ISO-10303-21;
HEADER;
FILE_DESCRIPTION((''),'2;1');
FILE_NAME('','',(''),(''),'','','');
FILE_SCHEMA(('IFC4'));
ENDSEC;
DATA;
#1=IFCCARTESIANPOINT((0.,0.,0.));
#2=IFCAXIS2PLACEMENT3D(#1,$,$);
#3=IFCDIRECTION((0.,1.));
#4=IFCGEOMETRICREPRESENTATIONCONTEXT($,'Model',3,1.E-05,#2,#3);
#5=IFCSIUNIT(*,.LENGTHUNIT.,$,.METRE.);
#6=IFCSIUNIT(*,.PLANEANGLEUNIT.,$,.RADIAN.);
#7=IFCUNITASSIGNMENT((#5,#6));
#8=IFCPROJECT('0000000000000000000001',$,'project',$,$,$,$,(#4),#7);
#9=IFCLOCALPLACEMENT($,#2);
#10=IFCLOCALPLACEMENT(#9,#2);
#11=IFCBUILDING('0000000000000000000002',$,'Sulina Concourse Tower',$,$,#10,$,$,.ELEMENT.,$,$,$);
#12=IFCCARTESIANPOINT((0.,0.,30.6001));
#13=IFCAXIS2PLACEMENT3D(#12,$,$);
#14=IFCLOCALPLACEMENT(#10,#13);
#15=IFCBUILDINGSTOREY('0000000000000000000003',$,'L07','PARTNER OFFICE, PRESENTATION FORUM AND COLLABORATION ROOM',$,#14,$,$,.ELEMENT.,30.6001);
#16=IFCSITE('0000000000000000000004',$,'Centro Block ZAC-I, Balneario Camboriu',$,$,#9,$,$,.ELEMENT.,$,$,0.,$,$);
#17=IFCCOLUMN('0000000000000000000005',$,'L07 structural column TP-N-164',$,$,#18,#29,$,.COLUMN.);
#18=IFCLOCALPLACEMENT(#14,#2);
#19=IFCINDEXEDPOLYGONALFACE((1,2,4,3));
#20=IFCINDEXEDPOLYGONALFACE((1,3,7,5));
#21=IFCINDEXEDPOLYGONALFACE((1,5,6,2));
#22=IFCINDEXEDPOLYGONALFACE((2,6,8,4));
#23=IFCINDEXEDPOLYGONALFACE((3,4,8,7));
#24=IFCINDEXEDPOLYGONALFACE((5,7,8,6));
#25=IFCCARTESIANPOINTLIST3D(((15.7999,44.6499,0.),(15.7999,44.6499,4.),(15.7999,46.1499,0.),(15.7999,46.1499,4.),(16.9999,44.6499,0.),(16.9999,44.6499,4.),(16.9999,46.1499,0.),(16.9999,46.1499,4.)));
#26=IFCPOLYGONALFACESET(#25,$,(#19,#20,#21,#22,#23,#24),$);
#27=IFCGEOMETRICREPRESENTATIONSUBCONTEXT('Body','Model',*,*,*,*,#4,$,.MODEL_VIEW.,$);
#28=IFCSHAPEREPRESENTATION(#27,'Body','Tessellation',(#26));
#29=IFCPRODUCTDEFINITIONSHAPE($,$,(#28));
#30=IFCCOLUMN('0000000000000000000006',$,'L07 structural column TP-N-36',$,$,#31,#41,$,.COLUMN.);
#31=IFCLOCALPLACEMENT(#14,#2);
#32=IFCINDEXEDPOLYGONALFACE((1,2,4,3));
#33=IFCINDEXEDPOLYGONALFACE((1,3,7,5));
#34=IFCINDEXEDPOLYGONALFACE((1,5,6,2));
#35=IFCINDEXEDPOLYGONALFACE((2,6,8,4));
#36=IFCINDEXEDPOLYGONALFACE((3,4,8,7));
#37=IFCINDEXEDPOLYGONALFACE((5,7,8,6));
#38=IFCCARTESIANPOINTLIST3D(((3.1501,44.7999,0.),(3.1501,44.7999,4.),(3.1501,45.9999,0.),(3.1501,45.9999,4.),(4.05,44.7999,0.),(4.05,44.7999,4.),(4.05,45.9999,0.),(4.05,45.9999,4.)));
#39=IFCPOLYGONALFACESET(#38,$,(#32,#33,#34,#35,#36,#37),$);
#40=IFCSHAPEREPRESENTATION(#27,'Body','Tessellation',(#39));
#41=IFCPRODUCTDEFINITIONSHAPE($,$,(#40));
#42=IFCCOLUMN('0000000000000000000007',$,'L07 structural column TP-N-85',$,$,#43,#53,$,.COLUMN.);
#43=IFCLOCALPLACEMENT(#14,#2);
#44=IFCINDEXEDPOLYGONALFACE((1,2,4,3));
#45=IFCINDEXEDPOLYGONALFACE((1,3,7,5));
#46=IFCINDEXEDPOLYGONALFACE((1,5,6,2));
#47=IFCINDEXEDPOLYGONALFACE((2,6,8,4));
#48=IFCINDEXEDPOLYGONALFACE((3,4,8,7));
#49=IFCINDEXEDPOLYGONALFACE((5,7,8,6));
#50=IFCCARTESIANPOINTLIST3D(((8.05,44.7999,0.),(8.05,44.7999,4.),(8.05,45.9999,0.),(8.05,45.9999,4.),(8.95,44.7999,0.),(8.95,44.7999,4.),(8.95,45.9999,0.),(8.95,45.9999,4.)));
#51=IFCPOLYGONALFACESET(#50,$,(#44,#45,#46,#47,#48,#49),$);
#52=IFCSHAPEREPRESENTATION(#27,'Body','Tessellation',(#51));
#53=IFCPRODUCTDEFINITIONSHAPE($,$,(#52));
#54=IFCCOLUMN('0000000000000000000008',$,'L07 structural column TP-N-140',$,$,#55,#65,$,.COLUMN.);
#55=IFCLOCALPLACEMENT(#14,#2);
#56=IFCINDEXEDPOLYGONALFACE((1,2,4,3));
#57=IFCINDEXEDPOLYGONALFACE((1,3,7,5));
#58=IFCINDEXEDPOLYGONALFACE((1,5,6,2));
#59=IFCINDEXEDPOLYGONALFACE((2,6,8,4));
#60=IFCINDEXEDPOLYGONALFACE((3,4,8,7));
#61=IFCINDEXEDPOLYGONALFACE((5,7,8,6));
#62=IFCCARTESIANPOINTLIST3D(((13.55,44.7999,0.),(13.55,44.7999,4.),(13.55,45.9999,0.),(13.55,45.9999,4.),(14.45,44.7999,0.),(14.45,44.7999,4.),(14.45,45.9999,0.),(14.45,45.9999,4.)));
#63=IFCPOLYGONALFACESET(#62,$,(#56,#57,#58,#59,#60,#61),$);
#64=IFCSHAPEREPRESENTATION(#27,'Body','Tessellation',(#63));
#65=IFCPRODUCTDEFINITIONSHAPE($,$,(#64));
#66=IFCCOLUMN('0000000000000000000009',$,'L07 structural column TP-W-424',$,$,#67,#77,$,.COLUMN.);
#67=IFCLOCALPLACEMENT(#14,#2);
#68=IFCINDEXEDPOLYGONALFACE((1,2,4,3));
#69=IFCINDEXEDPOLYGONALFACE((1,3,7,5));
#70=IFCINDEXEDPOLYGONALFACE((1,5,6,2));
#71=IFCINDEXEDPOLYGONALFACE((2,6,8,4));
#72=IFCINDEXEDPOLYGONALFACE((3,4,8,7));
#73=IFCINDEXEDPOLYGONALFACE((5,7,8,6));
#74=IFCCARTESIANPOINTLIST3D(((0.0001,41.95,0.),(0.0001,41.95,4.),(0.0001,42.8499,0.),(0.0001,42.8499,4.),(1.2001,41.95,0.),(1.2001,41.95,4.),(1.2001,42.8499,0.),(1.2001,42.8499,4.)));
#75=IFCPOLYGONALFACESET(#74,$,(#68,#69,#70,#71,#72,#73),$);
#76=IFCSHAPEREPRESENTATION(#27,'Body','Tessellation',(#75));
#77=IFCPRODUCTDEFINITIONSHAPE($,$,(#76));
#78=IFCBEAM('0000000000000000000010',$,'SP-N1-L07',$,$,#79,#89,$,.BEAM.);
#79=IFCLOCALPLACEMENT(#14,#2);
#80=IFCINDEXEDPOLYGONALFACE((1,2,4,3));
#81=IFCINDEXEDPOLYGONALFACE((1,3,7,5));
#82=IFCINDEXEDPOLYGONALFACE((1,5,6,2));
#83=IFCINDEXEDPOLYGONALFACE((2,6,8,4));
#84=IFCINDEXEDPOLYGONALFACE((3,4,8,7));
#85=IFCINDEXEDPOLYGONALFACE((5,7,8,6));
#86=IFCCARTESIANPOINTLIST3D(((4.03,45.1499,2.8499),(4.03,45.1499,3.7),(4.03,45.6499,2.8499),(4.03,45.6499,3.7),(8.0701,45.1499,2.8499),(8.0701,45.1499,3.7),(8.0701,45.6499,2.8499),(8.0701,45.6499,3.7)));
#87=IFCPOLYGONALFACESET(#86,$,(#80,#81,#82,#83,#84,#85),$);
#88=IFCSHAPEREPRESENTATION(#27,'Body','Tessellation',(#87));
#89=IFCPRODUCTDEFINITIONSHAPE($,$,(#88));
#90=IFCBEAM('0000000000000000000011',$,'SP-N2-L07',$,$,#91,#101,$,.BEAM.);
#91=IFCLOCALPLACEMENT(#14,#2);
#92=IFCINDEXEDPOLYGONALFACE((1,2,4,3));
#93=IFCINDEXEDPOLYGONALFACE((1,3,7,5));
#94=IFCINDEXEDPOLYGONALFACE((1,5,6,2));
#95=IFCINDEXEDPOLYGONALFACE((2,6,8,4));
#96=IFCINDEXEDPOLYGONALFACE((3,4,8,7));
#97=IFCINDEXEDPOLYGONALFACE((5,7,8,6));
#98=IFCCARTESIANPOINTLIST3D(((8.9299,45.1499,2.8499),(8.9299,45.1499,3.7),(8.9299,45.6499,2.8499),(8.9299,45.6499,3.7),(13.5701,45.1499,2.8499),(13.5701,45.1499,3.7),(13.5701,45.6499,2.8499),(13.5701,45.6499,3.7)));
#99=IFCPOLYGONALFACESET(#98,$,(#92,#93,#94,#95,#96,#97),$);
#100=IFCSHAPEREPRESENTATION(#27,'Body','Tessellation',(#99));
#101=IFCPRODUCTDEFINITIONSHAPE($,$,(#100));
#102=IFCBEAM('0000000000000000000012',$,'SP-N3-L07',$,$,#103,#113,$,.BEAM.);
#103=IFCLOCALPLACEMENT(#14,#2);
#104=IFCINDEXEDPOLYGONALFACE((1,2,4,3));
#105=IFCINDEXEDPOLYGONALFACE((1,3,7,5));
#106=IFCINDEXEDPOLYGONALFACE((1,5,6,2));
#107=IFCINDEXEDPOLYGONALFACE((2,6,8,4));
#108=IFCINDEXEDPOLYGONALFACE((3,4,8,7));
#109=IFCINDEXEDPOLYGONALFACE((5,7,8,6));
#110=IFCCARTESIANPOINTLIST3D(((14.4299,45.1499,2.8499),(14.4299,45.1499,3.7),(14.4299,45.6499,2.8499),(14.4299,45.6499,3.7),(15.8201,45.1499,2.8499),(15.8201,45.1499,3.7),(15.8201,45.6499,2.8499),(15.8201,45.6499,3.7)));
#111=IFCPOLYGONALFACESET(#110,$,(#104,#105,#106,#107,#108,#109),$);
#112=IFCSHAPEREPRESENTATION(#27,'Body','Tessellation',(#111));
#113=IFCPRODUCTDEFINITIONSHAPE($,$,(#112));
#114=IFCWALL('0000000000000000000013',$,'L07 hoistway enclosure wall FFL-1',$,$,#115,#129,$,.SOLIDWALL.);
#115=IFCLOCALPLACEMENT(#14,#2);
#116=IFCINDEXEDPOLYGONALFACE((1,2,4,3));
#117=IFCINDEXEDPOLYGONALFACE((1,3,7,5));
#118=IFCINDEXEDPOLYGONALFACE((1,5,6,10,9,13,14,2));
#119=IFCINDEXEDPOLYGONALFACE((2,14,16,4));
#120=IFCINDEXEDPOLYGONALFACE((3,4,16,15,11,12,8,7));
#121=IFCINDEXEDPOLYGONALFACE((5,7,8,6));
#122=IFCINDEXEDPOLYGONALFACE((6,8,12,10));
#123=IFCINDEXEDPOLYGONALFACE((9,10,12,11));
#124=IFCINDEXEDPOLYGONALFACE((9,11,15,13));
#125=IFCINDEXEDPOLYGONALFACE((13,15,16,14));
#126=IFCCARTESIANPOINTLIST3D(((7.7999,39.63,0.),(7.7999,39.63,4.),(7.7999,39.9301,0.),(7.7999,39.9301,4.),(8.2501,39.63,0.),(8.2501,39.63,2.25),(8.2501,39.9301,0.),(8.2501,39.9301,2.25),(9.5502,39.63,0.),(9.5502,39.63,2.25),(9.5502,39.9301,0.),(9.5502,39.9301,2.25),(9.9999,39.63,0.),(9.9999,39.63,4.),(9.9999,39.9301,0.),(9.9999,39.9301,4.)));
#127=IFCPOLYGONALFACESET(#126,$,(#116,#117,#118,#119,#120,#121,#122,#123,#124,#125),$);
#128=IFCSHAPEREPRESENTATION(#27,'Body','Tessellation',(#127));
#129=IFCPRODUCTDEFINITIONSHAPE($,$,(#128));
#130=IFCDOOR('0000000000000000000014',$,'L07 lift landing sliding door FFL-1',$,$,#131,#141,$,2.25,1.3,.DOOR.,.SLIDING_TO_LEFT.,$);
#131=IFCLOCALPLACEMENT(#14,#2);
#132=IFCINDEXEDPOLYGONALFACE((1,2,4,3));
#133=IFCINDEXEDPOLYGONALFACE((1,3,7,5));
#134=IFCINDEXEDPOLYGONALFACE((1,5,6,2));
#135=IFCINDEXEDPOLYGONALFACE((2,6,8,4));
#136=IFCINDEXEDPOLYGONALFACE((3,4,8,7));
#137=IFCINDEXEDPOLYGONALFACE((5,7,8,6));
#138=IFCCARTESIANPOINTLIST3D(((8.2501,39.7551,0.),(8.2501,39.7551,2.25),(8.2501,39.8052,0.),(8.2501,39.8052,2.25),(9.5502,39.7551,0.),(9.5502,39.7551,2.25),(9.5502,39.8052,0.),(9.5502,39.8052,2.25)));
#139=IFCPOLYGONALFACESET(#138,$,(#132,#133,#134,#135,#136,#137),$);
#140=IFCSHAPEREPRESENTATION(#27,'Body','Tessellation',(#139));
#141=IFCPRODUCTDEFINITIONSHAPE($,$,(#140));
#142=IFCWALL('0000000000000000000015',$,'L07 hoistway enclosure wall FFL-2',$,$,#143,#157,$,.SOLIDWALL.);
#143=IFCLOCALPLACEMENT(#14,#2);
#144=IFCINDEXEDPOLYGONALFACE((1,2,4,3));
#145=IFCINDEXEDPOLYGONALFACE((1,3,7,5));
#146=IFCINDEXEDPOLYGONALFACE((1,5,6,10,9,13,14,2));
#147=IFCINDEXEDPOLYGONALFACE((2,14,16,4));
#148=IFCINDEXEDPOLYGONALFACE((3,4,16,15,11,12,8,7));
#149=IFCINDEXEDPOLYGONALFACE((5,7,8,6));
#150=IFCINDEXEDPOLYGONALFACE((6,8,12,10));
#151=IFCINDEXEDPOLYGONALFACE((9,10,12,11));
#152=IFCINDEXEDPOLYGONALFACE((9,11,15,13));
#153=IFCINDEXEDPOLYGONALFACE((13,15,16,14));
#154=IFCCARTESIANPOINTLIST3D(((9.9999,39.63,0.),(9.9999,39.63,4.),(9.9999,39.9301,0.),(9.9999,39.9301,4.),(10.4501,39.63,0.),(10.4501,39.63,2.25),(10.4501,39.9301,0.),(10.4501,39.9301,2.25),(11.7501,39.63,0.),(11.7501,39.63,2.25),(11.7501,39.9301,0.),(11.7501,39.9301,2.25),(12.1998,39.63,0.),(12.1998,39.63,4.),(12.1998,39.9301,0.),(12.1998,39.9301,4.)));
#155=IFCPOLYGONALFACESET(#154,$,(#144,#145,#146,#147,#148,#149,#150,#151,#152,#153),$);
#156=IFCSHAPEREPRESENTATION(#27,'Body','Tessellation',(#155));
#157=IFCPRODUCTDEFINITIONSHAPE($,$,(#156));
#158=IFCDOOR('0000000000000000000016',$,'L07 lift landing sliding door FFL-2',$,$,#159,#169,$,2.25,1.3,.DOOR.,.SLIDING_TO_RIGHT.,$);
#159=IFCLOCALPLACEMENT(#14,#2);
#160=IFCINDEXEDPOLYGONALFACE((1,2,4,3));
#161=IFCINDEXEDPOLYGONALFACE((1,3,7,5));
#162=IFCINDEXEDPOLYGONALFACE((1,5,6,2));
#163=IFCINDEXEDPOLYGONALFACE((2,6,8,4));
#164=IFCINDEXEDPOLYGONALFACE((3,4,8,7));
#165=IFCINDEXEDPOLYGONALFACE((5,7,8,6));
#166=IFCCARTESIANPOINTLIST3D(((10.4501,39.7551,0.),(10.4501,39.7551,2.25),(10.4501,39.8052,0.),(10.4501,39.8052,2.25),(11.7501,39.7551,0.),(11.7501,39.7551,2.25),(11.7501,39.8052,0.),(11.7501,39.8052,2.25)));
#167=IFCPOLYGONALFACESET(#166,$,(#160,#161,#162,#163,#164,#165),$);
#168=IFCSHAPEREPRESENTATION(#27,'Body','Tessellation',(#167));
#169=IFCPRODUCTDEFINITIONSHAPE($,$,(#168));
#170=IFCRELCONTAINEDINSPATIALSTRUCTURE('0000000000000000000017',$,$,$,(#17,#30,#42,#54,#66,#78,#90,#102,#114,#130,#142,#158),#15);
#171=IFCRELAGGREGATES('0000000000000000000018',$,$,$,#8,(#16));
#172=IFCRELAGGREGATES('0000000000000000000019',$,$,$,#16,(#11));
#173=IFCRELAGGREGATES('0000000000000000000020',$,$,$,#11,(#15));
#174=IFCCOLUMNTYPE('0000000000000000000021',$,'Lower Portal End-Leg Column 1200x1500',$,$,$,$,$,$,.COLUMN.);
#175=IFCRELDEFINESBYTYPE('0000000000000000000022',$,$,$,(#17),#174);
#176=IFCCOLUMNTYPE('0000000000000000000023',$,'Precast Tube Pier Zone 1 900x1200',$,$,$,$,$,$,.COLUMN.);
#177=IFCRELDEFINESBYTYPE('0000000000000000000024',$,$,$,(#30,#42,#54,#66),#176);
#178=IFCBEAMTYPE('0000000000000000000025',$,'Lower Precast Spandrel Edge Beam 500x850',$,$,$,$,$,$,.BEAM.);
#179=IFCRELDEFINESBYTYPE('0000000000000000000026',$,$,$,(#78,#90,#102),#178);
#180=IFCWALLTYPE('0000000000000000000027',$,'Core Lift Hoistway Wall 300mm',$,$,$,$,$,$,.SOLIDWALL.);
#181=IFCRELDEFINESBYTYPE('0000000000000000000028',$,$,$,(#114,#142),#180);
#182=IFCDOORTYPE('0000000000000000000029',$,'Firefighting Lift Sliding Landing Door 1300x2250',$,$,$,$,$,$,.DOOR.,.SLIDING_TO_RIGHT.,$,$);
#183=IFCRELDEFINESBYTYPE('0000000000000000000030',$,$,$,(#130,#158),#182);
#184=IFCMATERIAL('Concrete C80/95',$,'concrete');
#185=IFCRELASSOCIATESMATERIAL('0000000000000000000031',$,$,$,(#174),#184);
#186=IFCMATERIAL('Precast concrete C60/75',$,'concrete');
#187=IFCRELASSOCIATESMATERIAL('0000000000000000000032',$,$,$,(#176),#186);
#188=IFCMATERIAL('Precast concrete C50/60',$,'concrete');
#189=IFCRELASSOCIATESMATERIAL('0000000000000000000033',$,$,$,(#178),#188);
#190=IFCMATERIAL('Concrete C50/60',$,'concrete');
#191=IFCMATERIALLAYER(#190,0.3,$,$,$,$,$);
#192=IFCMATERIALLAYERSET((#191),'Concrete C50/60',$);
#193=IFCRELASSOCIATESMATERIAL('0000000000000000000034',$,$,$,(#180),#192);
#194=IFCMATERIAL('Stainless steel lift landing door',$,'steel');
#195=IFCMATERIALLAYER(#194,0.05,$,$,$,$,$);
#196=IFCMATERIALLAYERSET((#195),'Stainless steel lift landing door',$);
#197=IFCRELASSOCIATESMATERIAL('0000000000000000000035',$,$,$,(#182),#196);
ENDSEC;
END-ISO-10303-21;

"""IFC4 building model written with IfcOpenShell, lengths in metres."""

from ifc_helpers import new_model, si_unit, direction, frame, frame_2d, origin, origin_2d, place, context, subcontext, project, spatial, rectangle, extrude, material, layer, layer_set, material_profile, profile_set, type_object, element, fill, save


model = new_model("IFC4")

# Units and contexts
model_context = context("Model", 3, precision=1e-05, world=origin(), true_north=direction((0.0, 1.0)))
body_context = subcontext(model_context, "Body", "Model", "MODEL_VIEW")
ifc_project = project(units=[si_unit("LENGTHUNIT", "METRE"), si_unit("PLANEANGLEUNIT", "RADIAN")], contexts=[model_context])

# Site, building, storey
site_placement = place(None, origin())
site = spatial("IfcSite", under=ifc_project, at=site_placement, Name="Centro Block ZAC-I, Balneario Camboriu", CompositionType="ELEMENT", RefElevation=0.0)
building_placement = place(site_placement, origin())
building = spatial("IfcBuilding", under=site, at=building_placement, Name="Sulina Concourse Tower", CompositionType="ELEMENT")
storey_placement = place(building_placement, frame((0.0, 0.0, 30.6001)))
storey = spatial("IfcBuildingStorey", under=building, at=storey_placement, Name="L07", Description="PARTNER OFFICE, PRESENTATION FORUM AND COLLABORATION ROOM", CompositionType="ELEMENT", Elevation=30.6001)

# Columns
ifc_material_1 = material(Name="Concrete C80/95", Category="concrete")
ifc_material_profile_1 = material_profile(ifc_material_1, rectangle(XDim=1.2, YDim=1.5, at=origin_2d()), Name="RC 1200x1500")
ifc_profile_set_1 = profile_set([ifc_material_profile_1], Name="Concrete C80/95")
column_type_1 = type_object("IfcColumnType", Name="Lower Portal End-Leg Column 1200x1500", PredefinedType="COLUMN", material=ifc_profile_set_1)
column_placement = place(storey_placement, frame((16.3999, 45.3999, 0.0), z_axis=(0.0, 0.0, 1.0), x_axis=(1.0, 0.0, 0.0)))
element("IfcColumn", 1, at=column_placement, inside=storey, type_object=column_type_1, Name="L07 structural column TP-N-164", PredefinedType="COLUMN", context=body_context, shape_type="SweptSolid", body=[
    extrude(rectangle(XDim=1.2, YDim=1.5, at=origin_2d()), origin(), (0.0, 0.0, 1.0), 4.0),
])
ifc_material_2 = material(Name="Precast concrete C60/75", Category="concrete")
ifc_material_profile_2 = material_profile(ifc_material_2, rectangle(XDim=0.8999, YDim=1.2, at=origin_2d()), Name="PC 900x1200")
ifc_profile_set_2 = profile_set([ifc_material_profile_2], Name="Precast concrete C60/75")
column_type_2 = type_object("IfcColumnType", Name="Precast Tube Pier Zone 1 900x1200", PredefinedType="COLUMN", material=ifc_profile_set_2)
for number, where, z_axis, x_axis, name in (
    (2, (3.6001, 45.3999, 0.0), (0.0, 0.0, 1.0), (1.0, 0.0, 0.0), "L07 structural column TP-N-36"),
    (3, (8.5, 45.3999, 0.0), (0.0, 0.0, 1.0), (1.0, 0.0, 0.0), "L07 structural column TP-N-85"),
    (4, (14.0, 45.3999, 0.0), (0.0, 0.0, 1.0), (1.0, 0.0, 0.0), "L07 structural column TP-N-140"),
    (5, (0.6001, 42.3999, 0.0), (0.0, 0.0, 1.0), (0.0, 1.0, 0.0), "L07 structural column TP-W-424"),
):
    element("IfcColumn", number, at=place(storey_placement, frame(where, z_axis=z_axis, x_axis=x_axis)), inside=storey, type_object=column_type_2, Name=name, PredefinedType="COLUMN", context=body_context, shape_type="SweptSolid", body=[
        extrude(rectangle(XDim=0.8999, YDim=1.2, at=origin_2d()), origin(), (0.0, 0.0, 1.0), 4.0),
    ])

# Beams
ifc_material_3 = material(Name="Precast concrete C50/60", Category="concrete")
ifc_material_profile_3 = material_profile(ifc_material_3, rectangle(XDim=0.5, YDim=0.8501, at=origin_2d()), Name="RC 500x850")
ifc_profile_set_3 = profile_set([ifc_material_profile_3], Name="Precast concrete C50/60")
beam_type = type_object("IfcBeamType", Name="Lower Precast Spandrel Edge Beam 500x850", PredefinedType="BEAM", material=ifc_profile_set_3)
beam_1_placement = place(storey_placement, frame((4.03, 45.3999, 3.2749), z_axis=(1.0, 0.0, 0.0), x_axis=(0.0, 1.0, 0.0)))
element("IfcBeam", 6, at=beam_1_placement, inside=storey, type_object=beam_type, Name="SP-N1-L07", PredefinedType="BEAM", context=body_context, shape_type="SweptSolid", body=[
    extrude(rectangle(XDim=0.5, YDim=0.8501, at=origin_2d()), origin(), (0.0, 0.0, 1.0), 4.04),
])
beam_2_placement = place(storey_placement, frame((8.9299, 45.3999, 3.2749), z_axis=(1.0, 0.0, 0.0), x_axis=(0.0, 1.0, 0.0)))
element("IfcBeam", 7, at=beam_2_placement, inside=storey, type_object=beam_type, Name="SP-N2-L07", PredefinedType="BEAM", context=body_context, shape_type="SweptSolid", body=[
    extrude(rectangle(XDim=0.5, YDim=0.8501, at=origin_2d()), origin(), (0.0, 0.0, 1.0), 4.6401),
])
beam_3_placement = place(storey_placement, frame((14.4299, 45.3999, 3.2749), z_axis=(1.0, 0.0, 0.0), x_axis=(0.0, 1.0, 0.0)))
element("IfcBeam", 8, at=beam_3_placement, inside=storey, type_object=beam_type, Name="SP-N3-L07", PredefinedType="BEAM", context=body_context, shape_type="SweptSolid", body=[
    extrude(rectangle(XDim=0.5, YDim=0.8501, at=origin_2d()), origin(), (0.0, 0.0, 1.0), 1.3901),
])

# Walls, openings, doors
ifc_material_4 = material(Name="Concrete C50/60", Category="concrete")
ifc_layer_1 = layer(ifc_material_4, 0.3)
ifc_layer_set_1 = layer_set([ifc_layer_1], Name="Concrete C50/60")
wall_type_1 = type_object("IfcWallType", Name="Core Lift Hoistway Wall 300mm", PredefinedType="SOLIDWALL", material=ifc_layer_set_1)
wall_1_placement = place(storey_placement, frame((10.0, 39.78, 0.0), z_axis=(0.0, 0.0, 1.0), x_axis=(-1.0, 0.0, 0.0)))
wall_1 = element("IfcWall", 9, at=wall_1_placement, inside=storey, type_object=wall_type_1, Name="L07 hoistway enclosure wall FFL-1", PredefinedType="SOLIDWALL", context=body_context, shape_type="SweptSolid", body=[
    extrude(rectangle(XDim=2.2, YDim=0.3, at=frame_2d((1.1001, 0.0))), origin(), (0.0, 0.0, 1.0), 4.0),
])
opening_1_placement = place(wall_1_placement, frame((0.45, 0.0, 0.0)))
opening_1 = element("IfcOpeningElement", 10, at=opening_1_placement, cuts=wall_1, PredefinedType="OPENING", context=body_context, shape_type="SweptSolid", body=[
    extrude(rectangle(XDim=1.3, YDim=2.25, at=frame_2d((0.6499, 1.125))), frame((0.0, 0.1599, 0.0), z_axis=(0.0, -1.0, 0.0), x_axis=(1.0, 0.0, 0.0)), (0.0, 0.0, 1.0), 0.3201),
])
ifc_material_5 = material(Name="Stainless steel lift landing door", Category="steel")
ifc_layer_2 = layer(ifc_material_5, 0.05)
ifc_layer_set_2 = layer_set([ifc_layer_2], Name="Stainless steel lift landing door")
door_type_1 = type_object("IfcDoorType", Name="Firefighting Lift Sliding Landing Door 1300x2250", OperationType="SLIDING_TO_RIGHT", PredefinedType="DOOR", material=ifc_layer_set_2)
door_1_placement = place(opening_1_placement, origin())
door_1 = element("IfcDoor", 11, at=door_1_placement, inside=storey, type_object=door_type_1, Name="L07 lift landing sliding door FFL-1", OperationType="SLIDING_TO_LEFT", OverallHeight=2.25, OverallWidth=1.3, PredefinedType="DOOR", context=body_context, shape_type="SweptSolid", body=[
    extrude(rectangle(XDim=1.3, YDim=2.25, at=frame_2d((0.6499, 1.125))), frame((0.0, 0.0249, 0.0), z_axis=(0.0, -1.0, 0.0), x_axis=(1.0, 0.0, 0.0)), (0.0, 0.0, 1.0), 0.05),
])
fill(opening_1, door_1)
wall_2_placement = place(storey_placement, frame((12.2, 39.78, 0.0), z_axis=(0.0, 0.0, 1.0), x_axis=(-1.0, 0.0, 0.0)))
wall_2 = element("IfcWall", 12, at=wall_2_placement, inside=storey, type_object=wall_type_1, Name="L07 hoistway enclosure wall FFL-2", PredefinedType="SOLIDWALL", context=body_context, shape_type="SweptSolid", body=[
    extrude(rectangle(XDim=2.2, YDim=0.3, at=frame_2d((1.1001, 0.0))), origin(), (0.0, 0.0, 1.0), 4.0),
])
opening_2_placement = place(wall_2_placement, frame((0.45, 0.0, 0.0)))
opening_2 = element("IfcOpeningElement", 13, at=opening_2_placement, cuts=wall_2, PredefinedType="OPENING", context=body_context, shape_type="SweptSolid", body=[
    extrude(rectangle(XDim=1.3, YDim=2.25, at=frame_2d((0.6499, 1.125))), frame((0.0, 0.1599, 0.0), z_axis=(0.0, -1.0, 0.0), x_axis=(1.0, 0.0, 0.0)), (0.0, 0.0, 1.0), 0.3201),
])
door_2_placement = place(opening_2_placement, origin())
door_2 = element("IfcDoor", 14, at=door_2_placement, inside=storey, type_object=door_type_1, Name="L07 lift landing sliding door FFL-2", OperationType="SLIDING_TO_RIGHT", OverallHeight=2.25, OverallWidth=1.3, PredefinedType="DOOR", context=body_context, shape_type="SweptSolid", body=[
    extrude(rectangle(XDim=1.3, YDim=2.25, at=frame_2d((0.6499, 1.125))), frame((0.0, 0.0249, 0.0), z_axis=(0.0, -1.0, 0.0), x_axis=(1.0, 0.0, 0.0)), (0.0, 0.0, 1.0), 0.05),
])
fill(opening_2, door_2)

save(model, "model.ifc")
